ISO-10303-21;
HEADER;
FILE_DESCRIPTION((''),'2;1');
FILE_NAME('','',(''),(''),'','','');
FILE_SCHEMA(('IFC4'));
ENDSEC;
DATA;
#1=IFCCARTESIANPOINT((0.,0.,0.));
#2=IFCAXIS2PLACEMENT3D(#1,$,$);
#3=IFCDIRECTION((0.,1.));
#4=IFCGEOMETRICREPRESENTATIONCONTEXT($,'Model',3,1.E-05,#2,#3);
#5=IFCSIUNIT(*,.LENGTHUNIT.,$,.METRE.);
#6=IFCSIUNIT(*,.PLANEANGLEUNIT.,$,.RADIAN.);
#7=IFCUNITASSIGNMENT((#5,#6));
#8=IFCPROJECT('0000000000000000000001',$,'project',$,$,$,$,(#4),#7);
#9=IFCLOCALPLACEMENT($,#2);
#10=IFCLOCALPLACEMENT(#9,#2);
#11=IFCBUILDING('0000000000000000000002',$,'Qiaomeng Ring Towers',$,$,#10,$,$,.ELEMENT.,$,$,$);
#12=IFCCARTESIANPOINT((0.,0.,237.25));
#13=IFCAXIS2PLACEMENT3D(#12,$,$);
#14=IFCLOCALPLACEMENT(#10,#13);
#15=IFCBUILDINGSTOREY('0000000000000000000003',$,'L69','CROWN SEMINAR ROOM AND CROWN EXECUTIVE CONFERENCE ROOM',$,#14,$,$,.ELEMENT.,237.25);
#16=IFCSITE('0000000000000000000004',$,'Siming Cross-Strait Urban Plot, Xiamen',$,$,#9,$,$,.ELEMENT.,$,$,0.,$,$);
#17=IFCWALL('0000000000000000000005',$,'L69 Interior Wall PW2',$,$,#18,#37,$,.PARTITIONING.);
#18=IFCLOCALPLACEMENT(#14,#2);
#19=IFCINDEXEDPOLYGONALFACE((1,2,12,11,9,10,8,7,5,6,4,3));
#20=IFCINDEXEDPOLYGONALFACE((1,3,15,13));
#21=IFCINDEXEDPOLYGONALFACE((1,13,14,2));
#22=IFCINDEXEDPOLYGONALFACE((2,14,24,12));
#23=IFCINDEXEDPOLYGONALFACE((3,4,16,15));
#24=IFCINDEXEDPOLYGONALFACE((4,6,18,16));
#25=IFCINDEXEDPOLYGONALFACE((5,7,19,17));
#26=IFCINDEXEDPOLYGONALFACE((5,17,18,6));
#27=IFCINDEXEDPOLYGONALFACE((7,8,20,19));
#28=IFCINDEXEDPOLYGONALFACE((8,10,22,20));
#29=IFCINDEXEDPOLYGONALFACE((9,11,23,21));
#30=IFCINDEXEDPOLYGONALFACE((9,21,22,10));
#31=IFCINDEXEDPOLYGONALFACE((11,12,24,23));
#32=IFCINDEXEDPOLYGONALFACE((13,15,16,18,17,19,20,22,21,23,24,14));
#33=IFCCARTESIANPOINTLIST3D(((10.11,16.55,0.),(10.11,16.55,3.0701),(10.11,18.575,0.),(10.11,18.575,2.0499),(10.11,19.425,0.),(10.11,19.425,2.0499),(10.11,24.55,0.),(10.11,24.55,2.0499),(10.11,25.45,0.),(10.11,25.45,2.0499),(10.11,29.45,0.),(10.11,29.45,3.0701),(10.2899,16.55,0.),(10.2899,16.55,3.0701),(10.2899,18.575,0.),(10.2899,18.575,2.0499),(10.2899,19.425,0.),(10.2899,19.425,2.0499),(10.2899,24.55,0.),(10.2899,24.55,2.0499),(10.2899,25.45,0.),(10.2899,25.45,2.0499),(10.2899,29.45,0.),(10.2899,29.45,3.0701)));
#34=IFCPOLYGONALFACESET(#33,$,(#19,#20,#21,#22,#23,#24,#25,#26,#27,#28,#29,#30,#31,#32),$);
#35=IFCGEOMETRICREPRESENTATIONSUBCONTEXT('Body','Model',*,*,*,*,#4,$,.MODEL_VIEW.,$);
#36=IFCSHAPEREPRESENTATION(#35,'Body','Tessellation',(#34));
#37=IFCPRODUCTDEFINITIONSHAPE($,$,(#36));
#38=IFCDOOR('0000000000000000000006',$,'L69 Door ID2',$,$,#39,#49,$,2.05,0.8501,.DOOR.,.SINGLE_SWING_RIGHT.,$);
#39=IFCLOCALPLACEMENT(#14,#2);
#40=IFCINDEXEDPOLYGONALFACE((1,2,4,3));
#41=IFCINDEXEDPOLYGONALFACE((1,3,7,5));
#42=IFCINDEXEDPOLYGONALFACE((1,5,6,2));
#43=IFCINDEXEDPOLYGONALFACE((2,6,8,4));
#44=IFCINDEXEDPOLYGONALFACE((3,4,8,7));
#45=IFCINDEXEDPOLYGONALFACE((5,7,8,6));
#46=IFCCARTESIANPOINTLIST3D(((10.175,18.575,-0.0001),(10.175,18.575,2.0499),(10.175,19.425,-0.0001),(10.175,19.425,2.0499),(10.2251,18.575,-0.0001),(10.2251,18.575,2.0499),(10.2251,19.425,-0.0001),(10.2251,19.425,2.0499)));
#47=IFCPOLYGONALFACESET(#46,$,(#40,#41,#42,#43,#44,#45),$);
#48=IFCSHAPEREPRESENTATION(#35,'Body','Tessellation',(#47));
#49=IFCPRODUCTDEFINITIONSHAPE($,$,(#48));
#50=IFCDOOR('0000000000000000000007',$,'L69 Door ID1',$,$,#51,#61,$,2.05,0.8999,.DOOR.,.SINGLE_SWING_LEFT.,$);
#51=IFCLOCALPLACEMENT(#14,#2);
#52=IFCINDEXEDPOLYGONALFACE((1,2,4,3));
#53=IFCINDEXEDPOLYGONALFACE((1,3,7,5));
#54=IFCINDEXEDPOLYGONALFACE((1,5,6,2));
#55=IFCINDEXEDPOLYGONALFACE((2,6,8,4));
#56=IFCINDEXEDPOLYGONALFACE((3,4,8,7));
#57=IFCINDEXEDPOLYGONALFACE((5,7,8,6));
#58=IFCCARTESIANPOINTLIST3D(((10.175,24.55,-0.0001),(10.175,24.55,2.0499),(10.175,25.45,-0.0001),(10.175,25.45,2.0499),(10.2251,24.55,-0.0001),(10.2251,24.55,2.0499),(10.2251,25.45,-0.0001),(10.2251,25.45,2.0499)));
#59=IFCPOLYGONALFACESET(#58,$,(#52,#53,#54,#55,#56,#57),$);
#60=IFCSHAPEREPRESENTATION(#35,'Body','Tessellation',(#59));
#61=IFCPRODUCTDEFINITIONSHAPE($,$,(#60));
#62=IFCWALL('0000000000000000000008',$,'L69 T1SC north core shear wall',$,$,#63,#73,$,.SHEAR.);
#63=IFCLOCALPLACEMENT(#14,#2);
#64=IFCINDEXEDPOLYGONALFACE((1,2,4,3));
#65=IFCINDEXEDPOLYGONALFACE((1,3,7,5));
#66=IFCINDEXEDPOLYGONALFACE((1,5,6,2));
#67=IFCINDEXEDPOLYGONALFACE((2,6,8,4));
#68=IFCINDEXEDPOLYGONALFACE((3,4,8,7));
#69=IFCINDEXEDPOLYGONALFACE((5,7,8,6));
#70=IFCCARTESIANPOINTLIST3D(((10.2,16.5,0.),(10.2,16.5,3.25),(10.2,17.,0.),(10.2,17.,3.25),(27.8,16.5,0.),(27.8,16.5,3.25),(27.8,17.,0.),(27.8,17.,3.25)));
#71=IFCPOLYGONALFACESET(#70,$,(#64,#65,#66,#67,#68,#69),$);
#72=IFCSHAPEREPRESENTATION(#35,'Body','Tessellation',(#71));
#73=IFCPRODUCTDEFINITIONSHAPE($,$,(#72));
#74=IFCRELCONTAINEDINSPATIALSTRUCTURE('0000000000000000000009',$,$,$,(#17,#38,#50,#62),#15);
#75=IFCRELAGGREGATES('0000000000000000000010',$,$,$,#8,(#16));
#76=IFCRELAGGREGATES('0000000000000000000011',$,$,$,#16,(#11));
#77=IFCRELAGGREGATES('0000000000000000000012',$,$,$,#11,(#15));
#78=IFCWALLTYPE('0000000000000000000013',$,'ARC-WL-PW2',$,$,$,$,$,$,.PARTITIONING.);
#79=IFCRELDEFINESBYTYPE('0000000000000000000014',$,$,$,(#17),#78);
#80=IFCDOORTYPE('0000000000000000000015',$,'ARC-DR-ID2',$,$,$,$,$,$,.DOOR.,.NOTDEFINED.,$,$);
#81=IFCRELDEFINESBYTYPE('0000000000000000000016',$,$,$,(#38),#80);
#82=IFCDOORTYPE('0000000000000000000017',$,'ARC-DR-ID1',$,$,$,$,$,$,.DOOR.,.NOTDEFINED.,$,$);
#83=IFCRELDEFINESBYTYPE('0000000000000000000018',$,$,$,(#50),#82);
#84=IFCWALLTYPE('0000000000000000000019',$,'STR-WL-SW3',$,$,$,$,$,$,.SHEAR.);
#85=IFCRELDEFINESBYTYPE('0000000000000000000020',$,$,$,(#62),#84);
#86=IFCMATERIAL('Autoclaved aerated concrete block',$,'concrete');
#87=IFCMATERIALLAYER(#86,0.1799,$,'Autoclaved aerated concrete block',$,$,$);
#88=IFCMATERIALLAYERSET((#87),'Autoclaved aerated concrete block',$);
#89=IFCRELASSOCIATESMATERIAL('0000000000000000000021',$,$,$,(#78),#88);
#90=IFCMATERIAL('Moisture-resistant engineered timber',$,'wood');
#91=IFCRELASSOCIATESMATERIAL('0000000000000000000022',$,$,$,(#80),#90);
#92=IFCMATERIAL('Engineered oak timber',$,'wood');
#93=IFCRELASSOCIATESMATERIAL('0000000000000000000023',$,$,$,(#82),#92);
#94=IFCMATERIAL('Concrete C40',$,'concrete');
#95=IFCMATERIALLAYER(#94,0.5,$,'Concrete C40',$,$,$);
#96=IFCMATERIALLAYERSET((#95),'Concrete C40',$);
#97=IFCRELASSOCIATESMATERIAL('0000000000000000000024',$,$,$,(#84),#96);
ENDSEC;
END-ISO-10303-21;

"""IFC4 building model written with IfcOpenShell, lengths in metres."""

from ifc_helpers import new_model, si_unit, direction, frame, frame_2d, origin, place, context, subcontext, project, spatial, rectangle, extrude, source, transform, mapped, material, layer, layer_set, type_object, element, fill, save


model = new_model("IFC4")

# Units and contexts
model_context = context("Model", 3, precision=1e-05, world=origin(), true_north=direction((0.0, 1.0)))
body_context = subcontext(model_context, "Body", "Model", "MODEL_VIEW")
ifc_project = project(units=[si_unit("LENGTHUNIT", "METRE"), si_unit("PLANEANGLEUNIT", "RADIAN")], contexts=[model_context])

# Site, building, storey
site_placement = place(None, origin())
site = spatial("IfcSite", under=ifc_project, at=site_placement, Name="Siming Cross-Strait Urban Plot, Xiamen", CompositionType="ELEMENT", RefElevation=0.0)
building_placement = place(site_placement, origin())
building = spatial("IfcBuilding", under=site, at=building_placement, Name="Qiaomeng Ring Towers", CompositionType="ELEMENT")
storey_placement = place(building_placement, frame((0.0, 0.0, 237.25)))
storey = spatial("IfcBuildingStorey", under=building, at=storey_placement, Name="L69", Description="CROWN SEMINAR ROOM AND CROWN EXECUTIVE CONFERENCE ROOM", CompositionType="ELEMENT", Elevation=237.25)

# Shared definitions
ifc_material_1 = material(Name="Concrete C40", Category="concrete")

# Wall, openings, doors
ifc_material_2 = material(Name="Autoclaved aerated concrete block", Category="concrete")
ifc_layer_1 = layer(ifc_material_2, 0.1799, Name="Autoclaved aerated concrete block")
ifc_layer_set_1 = layer_set([ifc_layer_1], Name="Autoclaved aerated concrete block")
wall_type_1 = type_object("IfcWallType", Name="ARC-WL-PW2", PredefinedType="PARTITIONING", material=ifc_layer_set_1)
wall_1_placement = place(storey_placement, frame((10.2, 16.55, 0.0), z_axis=(0.0, 0.0, 1.0), x_axis=(0.0, 1.0, 0.0)))
wall_1 = element("IfcWall", 1, at=wall_1_placement, inside=storey, type_object=wall_type_1, Name="L69 Interior Wall PW2", PredefinedType="PARTITIONING", context=body_context, shape_type="SweptSolid", body=[
    extrude(rectangle(XDim=12.8999, YDim=0.1799, at=frame_2d((6.45, 0.0))), origin(), (0.0, 0.0, 1.0), 3.0701),
])
opening_1_placement = place(wall_1_placement, frame((2.0249, 0.0, 0.0)))
opening_1 = element("IfcOpeningElement", 2, at=opening_1_placement, cuts=wall_1, PredefinedType="OPENING", context=body_context, shape_type="SweptSolid", body=[
    extrude(rectangle(XDim=0.8501, YDim=2.05, at=frame_2d((0.425, 1.0249))), frame((0.0, 0.0999, 0.0), z_axis=(0.0, -1.0, 0.0), x_axis=(1.0, 0.0, 0.0)), (0.0, 0.0, 1.0), 0.2),
])
opening_2_placement = place(wall_1_placement, frame((8.0, 0.0, 0.0)))
opening_2 = element("IfcOpeningElement", 3, at=opening_2_placement, cuts=wall_1, PredefinedType="OPENING", context=body_context, shape_type="SweptSolid", body=[
    extrude(rectangle(XDim=0.8999, YDim=2.05, at=frame_2d((0.45, 1.0249))), frame((0.0, 0.0999, 0.0), z_axis=(0.0, -1.0, 0.0), x_axis=(1.0, 0.0, 0.0)), (0.0, 0.0, 1.0), 0.2),
])
ifc_material_3 = material(Name="Moisture-resistant engineered timber", Category="wood")
door_type_1 = type_object("IfcDoorType", Name="ARC-DR-ID2", OperationType="NOTDEFINED", PredefinedType="DOOR", material=ifc_material_3)
shared_shape_1 = source(origin(), body_context, "Body", "SweptSolid", [
    extrude(rectangle(XDim=0.8501, YDim=2.05, at=frame_2d((0.425, 1.0249))), frame((0.0, 0.0249, 0.0), z_axis=(0.0, -1.0, 0.0), x_axis=(1.0, 0.0, 0.0)), (0.0, 0.0, 1.0), 0.05),
])
door_1_placement = place(opening_1_placement, origin())
door_1 = element("IfcDoor", 4, at=door_1_placement, inside=storey, type_object=door_type_1, Name="L69 Door ID2", OperationType="SINGLE_SWING_RIGHT", OverallHeight=2.05, OverallWidth=0.8501, PredefinedType="DOOR", context=body_context, shape_type="MappedRepresentation", body=[
    mapped(shared_shape_1, transform((0.0, 0.0, 0.0), x_axis=(1.0, 0.0, 0.0), y_axis=(0.0, 1.0, 0.0), z_axis=(0.0, 0.0, 1.0), scale=1.0)),
])
fill(opening_1, door_1)
ifc_material_4 = material(Name="Engineered oak timber", Category="wood")
door_type_2 = type_object("IfcDoorType", Name="ARC-DR-ID1", OperationType="NOTDEFINED", PredefinedType="DOOR", material=ifc_material_4)
shared_shape_2 = source(origin(), body_context, "Body", "SweptSolid", [
    extrude(rectangle(XDim=0.8999, YDim=2.05, at=frame_2d((0.45, 1.0249))), frame((0.0, 0.0249, 0.0), z_axis=(0.0, -1.0, 0.0), x_axis=(1.0, 0.0, 0.0)), (0.0, 0.0, 1.0), 0.05),
])
door_2_placement = place(opening_2_placement, origin())
door_2 = element("IfcDoor", 5, at=door_2_placement, inside=storey, type_object=door_type_2, Name="L69 Door ID1", OperationType="SINGLE_SWING_LEFT", OverallHeight=2.05, OverallWidth=0.8999, PredefinedType="DOOR", context=body_context, shape_type="MappedRepresentation", body=[
    mapped(shared_shape_2, transform((0.0, 0.0, 0.0), x_axis=(1.0, 0.0, 0.0), y_axis=(0.0, 1.0, 0.0), z_axis=(0.0, 0.0, 1.0), scale=1.0)),
])
fill(opening_2, door_2)

# Wall
ifc_layer_2 = layer(ifc_material_1, 0.5, Name="Concrete C40")
ifc_layer_set_2 = layer_set([ifc_layer_2], Name="Concrete C40")
wall_type_2 = type_object("IfcWallType", Name="STR-WL-SW3", PredefinedType="SHEAR", material=ifc_layer_set_2)
wall_2_placement = place(storey_placement, frame((10.2, 16.75, 0.0), z_axis=(0.0, 0.0, 1.0), x_axis=(1.0, 0.0, 0.0)))
element("IfcWall", 6, at=wall_2_placement, inside=storey, type_object=wall_type_2, Name="L69 T1SC north core shear wall", PredefinedType="SHEAR", context=body_context, shape_type="SweptSolid", body=[
    extrude(rectangle(XDim=17.6001, YDim=0.5, at=frame_2d((8.8, 0.0))), origin(), (0.0, 0.0, 1.0), 3.25),
])

save(model, "model.ifc")
